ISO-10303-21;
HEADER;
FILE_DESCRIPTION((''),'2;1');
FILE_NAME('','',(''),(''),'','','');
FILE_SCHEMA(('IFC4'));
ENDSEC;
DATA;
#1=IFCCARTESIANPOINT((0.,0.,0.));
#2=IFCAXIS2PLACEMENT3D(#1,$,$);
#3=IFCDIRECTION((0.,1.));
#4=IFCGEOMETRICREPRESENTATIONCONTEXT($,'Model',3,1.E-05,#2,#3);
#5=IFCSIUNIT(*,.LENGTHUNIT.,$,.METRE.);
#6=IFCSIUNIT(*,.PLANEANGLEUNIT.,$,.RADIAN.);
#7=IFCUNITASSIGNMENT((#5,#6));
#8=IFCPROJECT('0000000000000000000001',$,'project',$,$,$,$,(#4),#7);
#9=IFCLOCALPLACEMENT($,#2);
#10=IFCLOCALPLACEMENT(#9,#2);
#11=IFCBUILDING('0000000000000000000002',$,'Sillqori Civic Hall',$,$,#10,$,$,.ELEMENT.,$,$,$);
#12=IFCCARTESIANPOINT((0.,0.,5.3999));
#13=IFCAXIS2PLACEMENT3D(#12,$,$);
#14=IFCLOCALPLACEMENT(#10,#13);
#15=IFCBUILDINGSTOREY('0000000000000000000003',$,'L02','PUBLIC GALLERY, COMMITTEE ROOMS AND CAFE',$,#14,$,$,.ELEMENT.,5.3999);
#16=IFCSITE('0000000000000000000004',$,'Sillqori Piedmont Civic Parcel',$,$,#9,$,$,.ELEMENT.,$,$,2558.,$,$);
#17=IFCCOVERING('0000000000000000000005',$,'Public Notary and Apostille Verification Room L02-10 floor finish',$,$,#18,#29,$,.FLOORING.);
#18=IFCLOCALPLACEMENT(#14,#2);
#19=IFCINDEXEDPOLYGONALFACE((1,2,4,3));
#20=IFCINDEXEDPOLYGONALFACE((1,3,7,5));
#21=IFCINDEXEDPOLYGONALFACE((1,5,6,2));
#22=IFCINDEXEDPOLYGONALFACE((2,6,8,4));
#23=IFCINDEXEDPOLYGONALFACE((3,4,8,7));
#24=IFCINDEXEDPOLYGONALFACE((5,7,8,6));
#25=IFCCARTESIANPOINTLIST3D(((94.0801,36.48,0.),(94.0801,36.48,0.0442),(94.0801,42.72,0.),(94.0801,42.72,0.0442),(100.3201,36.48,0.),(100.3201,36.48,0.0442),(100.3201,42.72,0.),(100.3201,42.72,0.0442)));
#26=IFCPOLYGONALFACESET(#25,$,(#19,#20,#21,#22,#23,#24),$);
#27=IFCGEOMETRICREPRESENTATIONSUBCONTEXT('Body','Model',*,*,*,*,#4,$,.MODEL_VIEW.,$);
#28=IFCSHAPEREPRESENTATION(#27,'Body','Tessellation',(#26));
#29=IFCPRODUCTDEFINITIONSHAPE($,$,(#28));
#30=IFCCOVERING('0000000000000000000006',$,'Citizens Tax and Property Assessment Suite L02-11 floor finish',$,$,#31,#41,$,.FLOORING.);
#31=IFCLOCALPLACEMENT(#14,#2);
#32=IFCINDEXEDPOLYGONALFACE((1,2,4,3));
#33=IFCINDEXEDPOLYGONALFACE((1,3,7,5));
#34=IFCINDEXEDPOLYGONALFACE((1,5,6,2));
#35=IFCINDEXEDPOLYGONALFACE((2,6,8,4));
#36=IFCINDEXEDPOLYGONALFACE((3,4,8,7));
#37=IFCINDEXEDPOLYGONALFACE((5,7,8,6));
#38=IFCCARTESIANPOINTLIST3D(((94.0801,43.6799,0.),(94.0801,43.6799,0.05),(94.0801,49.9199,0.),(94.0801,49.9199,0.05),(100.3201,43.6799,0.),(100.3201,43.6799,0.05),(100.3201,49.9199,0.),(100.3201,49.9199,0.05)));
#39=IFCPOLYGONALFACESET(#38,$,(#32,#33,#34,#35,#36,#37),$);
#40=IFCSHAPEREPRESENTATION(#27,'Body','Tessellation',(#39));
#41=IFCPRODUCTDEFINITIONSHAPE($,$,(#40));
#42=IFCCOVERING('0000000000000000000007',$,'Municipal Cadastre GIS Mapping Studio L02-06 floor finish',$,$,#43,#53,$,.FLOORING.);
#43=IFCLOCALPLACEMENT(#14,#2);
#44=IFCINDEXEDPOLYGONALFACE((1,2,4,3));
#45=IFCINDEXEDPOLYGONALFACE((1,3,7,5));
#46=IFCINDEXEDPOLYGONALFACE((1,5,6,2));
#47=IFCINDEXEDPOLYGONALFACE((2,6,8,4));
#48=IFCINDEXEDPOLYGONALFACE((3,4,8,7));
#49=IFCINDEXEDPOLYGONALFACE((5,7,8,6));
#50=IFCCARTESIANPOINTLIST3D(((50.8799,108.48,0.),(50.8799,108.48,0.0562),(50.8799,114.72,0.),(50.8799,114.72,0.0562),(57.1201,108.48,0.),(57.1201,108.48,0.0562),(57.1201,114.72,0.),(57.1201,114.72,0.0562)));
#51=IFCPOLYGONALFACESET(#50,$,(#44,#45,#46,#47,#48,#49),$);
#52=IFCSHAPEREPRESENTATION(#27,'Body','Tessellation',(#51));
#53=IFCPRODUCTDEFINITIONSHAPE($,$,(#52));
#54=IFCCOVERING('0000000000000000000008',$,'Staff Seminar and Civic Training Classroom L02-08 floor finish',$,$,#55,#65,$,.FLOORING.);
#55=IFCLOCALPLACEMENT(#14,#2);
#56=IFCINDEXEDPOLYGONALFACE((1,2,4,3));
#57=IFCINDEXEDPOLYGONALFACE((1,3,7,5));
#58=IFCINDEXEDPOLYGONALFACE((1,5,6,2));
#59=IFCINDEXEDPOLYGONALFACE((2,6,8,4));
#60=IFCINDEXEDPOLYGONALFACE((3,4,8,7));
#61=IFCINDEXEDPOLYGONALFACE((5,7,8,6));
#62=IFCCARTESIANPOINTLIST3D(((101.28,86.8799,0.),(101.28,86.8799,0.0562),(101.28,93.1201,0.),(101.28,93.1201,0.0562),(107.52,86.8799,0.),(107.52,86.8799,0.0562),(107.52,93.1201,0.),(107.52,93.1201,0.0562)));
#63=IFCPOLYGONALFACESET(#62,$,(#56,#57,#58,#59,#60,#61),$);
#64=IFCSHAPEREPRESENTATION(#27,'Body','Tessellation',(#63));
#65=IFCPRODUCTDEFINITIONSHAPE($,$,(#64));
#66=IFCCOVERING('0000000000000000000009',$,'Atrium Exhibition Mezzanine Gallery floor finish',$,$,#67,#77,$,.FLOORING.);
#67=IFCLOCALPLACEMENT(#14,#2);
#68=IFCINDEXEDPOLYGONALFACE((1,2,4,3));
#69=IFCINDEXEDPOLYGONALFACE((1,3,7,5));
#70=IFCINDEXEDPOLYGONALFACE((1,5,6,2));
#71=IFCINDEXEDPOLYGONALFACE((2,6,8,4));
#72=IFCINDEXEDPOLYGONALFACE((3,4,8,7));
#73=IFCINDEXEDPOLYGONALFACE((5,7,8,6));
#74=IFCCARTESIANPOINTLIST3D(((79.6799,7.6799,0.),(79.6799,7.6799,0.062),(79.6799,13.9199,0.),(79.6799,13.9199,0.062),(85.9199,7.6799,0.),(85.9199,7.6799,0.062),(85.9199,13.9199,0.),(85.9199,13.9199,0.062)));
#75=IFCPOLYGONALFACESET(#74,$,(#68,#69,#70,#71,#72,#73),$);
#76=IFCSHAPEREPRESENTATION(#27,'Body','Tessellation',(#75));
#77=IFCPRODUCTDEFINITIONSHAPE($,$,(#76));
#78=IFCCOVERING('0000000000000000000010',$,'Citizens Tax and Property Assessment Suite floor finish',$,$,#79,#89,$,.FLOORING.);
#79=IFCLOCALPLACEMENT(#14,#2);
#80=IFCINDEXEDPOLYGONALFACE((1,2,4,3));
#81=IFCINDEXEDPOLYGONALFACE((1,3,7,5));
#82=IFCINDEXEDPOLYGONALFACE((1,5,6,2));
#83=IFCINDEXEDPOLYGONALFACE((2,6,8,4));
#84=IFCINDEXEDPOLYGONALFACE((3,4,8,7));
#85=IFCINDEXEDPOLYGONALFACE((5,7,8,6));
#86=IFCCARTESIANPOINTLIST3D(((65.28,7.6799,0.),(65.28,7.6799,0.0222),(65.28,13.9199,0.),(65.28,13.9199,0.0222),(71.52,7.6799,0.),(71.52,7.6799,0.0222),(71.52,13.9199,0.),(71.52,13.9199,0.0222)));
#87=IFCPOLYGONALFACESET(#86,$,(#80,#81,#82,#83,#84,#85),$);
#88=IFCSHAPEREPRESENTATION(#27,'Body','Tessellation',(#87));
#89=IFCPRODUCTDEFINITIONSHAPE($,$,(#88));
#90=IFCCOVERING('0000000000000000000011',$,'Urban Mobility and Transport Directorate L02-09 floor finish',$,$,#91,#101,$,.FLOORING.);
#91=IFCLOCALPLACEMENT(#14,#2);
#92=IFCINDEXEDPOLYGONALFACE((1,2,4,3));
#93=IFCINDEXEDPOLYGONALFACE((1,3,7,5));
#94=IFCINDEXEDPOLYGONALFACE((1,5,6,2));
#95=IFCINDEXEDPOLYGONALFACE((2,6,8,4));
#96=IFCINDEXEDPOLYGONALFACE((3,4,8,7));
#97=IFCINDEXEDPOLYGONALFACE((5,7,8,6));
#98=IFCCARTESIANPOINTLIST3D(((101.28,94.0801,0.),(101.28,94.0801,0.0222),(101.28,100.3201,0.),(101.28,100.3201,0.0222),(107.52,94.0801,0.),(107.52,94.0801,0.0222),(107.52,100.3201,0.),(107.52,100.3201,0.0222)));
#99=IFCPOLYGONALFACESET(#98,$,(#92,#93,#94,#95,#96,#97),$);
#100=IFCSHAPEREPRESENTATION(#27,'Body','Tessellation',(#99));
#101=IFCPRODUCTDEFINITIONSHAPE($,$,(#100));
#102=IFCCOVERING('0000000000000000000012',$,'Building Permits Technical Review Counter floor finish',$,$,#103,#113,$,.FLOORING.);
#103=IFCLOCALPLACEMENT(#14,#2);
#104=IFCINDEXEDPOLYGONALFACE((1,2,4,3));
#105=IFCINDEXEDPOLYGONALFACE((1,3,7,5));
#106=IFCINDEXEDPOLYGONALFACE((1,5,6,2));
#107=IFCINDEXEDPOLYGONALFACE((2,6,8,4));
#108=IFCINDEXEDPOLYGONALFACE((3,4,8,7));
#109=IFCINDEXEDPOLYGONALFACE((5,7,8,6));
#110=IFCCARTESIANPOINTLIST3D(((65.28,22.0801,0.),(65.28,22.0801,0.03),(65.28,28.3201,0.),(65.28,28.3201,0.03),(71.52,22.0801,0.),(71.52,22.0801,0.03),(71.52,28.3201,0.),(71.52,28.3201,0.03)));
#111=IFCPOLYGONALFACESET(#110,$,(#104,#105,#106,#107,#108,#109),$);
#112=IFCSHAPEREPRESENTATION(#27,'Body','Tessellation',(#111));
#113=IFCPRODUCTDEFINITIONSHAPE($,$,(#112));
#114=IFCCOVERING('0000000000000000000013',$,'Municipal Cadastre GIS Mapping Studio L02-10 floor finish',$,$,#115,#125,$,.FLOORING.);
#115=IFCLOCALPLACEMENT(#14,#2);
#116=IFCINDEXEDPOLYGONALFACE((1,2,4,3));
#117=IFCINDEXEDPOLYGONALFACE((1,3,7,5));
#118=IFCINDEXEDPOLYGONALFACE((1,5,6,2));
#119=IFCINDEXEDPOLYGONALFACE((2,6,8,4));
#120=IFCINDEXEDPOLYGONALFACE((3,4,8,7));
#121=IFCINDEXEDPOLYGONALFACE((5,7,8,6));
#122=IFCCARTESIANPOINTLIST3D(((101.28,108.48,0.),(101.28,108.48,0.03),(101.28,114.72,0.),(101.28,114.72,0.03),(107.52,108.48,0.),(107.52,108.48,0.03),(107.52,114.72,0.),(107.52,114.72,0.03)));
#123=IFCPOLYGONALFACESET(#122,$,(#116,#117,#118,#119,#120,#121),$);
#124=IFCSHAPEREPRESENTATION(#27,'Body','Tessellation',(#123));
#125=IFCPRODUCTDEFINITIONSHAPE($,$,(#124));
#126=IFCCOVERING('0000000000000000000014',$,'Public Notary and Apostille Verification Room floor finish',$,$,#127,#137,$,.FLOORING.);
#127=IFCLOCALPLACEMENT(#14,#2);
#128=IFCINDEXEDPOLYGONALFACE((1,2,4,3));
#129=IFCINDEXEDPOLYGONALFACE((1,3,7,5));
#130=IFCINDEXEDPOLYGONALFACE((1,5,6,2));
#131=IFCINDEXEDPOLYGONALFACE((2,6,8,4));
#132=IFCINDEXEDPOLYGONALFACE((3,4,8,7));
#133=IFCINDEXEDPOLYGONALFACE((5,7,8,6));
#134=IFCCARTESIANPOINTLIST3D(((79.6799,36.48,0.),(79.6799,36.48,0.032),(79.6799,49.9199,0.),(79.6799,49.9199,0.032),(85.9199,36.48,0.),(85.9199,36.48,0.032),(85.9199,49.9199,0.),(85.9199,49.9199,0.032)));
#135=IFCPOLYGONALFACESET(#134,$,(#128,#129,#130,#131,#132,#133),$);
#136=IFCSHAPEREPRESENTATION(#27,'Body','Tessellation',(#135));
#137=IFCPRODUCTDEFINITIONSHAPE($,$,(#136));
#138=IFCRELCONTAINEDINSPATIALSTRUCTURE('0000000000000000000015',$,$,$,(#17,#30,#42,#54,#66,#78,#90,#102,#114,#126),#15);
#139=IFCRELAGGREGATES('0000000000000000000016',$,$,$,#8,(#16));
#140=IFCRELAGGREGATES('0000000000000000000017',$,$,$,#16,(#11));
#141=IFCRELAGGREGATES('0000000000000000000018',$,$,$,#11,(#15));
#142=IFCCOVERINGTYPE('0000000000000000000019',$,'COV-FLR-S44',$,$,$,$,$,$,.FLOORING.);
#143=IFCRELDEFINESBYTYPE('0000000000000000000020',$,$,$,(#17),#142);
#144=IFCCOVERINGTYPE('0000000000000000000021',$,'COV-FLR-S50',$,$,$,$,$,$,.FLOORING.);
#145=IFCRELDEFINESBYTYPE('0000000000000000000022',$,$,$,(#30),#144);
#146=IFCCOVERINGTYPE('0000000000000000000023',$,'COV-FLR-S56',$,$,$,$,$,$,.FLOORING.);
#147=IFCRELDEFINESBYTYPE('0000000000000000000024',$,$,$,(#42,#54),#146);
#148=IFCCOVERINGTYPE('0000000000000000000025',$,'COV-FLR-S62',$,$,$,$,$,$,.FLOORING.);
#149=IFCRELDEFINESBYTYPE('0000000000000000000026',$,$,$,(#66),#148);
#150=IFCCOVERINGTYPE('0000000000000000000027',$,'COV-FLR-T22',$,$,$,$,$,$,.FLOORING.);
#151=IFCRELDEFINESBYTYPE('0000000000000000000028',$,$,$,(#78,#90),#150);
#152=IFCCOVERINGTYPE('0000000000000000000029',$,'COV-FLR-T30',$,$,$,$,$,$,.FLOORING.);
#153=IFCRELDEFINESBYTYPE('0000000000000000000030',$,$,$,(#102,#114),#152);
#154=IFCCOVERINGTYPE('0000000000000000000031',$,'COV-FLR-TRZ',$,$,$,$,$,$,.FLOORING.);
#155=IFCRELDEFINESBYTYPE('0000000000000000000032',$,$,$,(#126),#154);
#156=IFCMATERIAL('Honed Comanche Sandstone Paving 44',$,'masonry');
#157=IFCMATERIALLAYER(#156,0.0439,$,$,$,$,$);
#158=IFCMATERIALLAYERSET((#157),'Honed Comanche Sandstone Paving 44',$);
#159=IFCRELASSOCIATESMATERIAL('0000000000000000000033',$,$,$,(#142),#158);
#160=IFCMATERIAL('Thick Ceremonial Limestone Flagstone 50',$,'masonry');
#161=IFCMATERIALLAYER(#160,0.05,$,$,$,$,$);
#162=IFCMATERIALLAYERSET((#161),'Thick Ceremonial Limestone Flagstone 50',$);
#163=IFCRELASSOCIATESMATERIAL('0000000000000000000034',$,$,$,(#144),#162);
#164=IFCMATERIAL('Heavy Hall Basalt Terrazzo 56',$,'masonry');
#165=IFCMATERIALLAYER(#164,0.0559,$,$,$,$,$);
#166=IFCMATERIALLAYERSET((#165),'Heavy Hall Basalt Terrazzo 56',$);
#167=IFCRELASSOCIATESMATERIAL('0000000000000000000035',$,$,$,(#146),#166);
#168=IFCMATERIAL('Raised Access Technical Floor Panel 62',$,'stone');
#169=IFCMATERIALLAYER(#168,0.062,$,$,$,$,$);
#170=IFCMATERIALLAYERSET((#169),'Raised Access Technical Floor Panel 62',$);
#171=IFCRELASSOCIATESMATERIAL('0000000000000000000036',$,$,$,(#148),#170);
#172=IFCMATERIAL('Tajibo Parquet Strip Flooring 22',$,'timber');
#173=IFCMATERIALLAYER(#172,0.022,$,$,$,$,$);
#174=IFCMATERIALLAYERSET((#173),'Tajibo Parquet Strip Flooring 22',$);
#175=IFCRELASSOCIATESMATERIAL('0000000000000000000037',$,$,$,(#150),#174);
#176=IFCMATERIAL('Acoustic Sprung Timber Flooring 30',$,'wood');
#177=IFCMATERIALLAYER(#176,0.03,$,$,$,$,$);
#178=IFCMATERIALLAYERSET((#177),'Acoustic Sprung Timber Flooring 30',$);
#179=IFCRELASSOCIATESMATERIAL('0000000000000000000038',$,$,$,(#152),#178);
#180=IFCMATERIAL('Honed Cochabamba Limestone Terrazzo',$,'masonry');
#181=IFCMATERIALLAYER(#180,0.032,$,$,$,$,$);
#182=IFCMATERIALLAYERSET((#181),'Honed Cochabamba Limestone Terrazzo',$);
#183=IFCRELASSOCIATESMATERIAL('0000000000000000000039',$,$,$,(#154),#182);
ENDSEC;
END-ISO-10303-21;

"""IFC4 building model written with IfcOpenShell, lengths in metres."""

from ifc_helpers import new_model, si_unit, direction, frame, origin, place, context, subcontext, project, spatial, polyline, outline, extrude, material, layer, layer_set, type_object, element, save


model = new_model("IFC4")

# Units and contexts
model_context = context("Model", 3, precision=1e-05, world=origin(), true_north=direction((0.0, 1.0)))
body_context = subcontext(model_context, "Body", "Model", "MODEL_VIEW")
ifc_project = project(units=[si_unit("LENGTHUNIT", "METRE"), si_unit("PLANEANGLEUNIT", "RADIAN")], contexts=[model_context])

# Site, building, storey
site_placement = place(None, origin())
site = spatial("IfcSite", under=ifc_project, at=site_placement, Name="Sillqori Piedmont Civic Parcel", CompositionType="ELEMENT", RefElevation=2558.0)
building_placement = place(site_placement, origin())
building = spatial("IfcBuilding", under=site, at=building_placement, Name="Sillqori Civic Hall", CompositionType="ELEMENT")
storey_placement = place(building_placement, frame((0.0, 0.0, 5.3999)))
storey = spatial("IfcBuildingStorey", under=building, at=storey_placement, Name="L02", Description="PUBLIC GALLERY, COMMITTEE ROOMS AND CAFE", CompositionType="ELEMENT", Elevation=5.3999)

# Coverings
ifc_material_1 = material(Name="Honed Comanche Sandstone Paving 44", Category="masonry")
ifc_layer_1 = layer(ifc_material_1, 0.0439)
ifc_layer_set_1 = layer_set([ifc_layer_1], Name="Honed Comanche Sandstone Paving 44")
covering_type_1 = type_object("IfcCoveringType", Name="COV-FLR-S44", PredefinedType="FLOORING", material=ifc_layer_set_1)
covering_1_placement = place(storey_placement, origin())
element("IfcCovering", 1, at=covering_1_placement, inside=storey, type_object=covering_type_1, Name="Public Notary and Apostille Verification Room L02-10 floor finish", PredefinedType="FLOORING", context=body_context, shape_type="SweptSolid", body=[
    extrude(outline(polyline([(94.0801, 36.48), (100.3201, 36.48), (100.3201, 42.72), (94.0801, 42.72), (94.0801, 36.48)])), origin(), (0.0, 0.0, 1.0), 0.0442),
])
ifc_material_2 = material(Name="Thick Ceremonial Limestone Flagstone 50", Category="masonry")
ifc_layer_2 = layer(ifc_material_2, 0.05)
ifc_layer_set_2 = layer_set([ifc_layer_2], Name="Thick Ceremonial Limestone Flagstone 50")
covering_type_2 = type_object("IfcCoveringType", Name="COV-FLR-S50", PredefinedType="FLOORING", material=ifc_layer_set_2)
covering_2_placement = place(storey_placement, origin())
element("IfcCovering", 2, at=covering_2_placement, inside=storey, type_object=covering_type_2, Name="Citizens Tax and Property Assessment Suite L02-11 floor finish", PredefinedType="FLOORING", context=body_context, shape_type="SweptSolid", body=[
    extrude(outline(polyline([(94.0801, 43.6799), (100.3201, 43.6799), (100.3201, 49.9199), (94.0801, 49.9199), (94.0801, 43.6799)])), origin(), (0.0, 0.0, 1.0), 0.05),
])
ifc_material_3 = material(Name="Heavy Hall Basalt Terrazzo 56", Category="masonry")
ifc_layer_3 = layer(ifc_material_3, 0.0559)
ifc_layer_set_3 = layer_set([ifc_layer_3], Name="Heavy Hall Basalt Terrazzo 56")
covering_type_3 = type_object("IfcCoveringType", Name="COV-FLR-S56", PredefinedType="FLOORING", material=ifc_layer_set_3)
covering_3_placement = place(storey_placement, origin())
element("IfcCovering", 3, at=covering_3_placement, inside=storey, type_object=covering_type_3, Name="Municipal Cadastre GIS Mapping Studio L02-06 floor finish", PredefinedType="FLOORING", context=body_context, shape_type="SweptSolid", body=[
    extrude(outline(polyline([(50.8799, 108.48), (57.1201, 108.48), (57.1201, 114.72), (50.8799, 114.72), (50.8799, 108.48)])), origin(), (0.0, 0.0, 1.0), 0.0562),
])
covering_4_placement = place(storey_placement, origin())
element("IfcCovering", 4, at=covering_4_placement, inside=storey, type_object=covering_type_3, Name="Staff Seminar and Civic Training Classroom L02-08 floor finish", PredefinedType="FLOORING", context=body_context, shape_type="SweptSolid", body=[
    extrude(outline(polyline([(101.28, 86.8799), (107.52, 86.8799), (107.52, 93.1201), (101.28, 93.1201), (101.28, 86.8799)])), origin(), (0.0, 0.0, 1.0), 0.0562),
])
ifc_material_4 = material(Name="Raised Access Technical Floor Panel 62", Category="stone")
ifc_layer_4 = layer(ifc_material_4, 0.062)
ifc_layer_set_4 = layer_set([ifc_layer_4], Name="Raised Access Technical Floor Panel 62")
covering_type_4 = type_object("IfcCoveringType", Name="COV-FLR-S62", PredefinedType="FLOORING", material=ifc_layer_set_4)
covering_5_placement = place(storey_placement, origin())
element("IfcCovering", 5, at=covering_5_placement, inside=storey, type_object=covering_type_4, Name="Atrium Exhibition Mezzanine Gallery floor finish", PredefinedType="FLOORING", context=body_context, shape_type="SweptSolid", body=[
    extrude(outline(polyline([(79.6799, 7.6799), (85.9199, 7.6799), (85.9199, 13.9199), (79.6799, 13.9199), (79.6799, 7.6799)])), origin(), (0.0, 0.0, 1.0), 0.062),
])
ifc_material_5 = material(Name="Tajibo Parquet Strip Flooring 22", Category="timber")
ifc_layer_5 = layer(ifc_material_5, 0.022)
ifc_layer_set_5 = layer_set([ifc_layer_5], Name="Tajibo Parquet Strip Flooring 22")
covering_type_5 = type_object("IfcCoveringType", Name="COV-FLR-T22", PredefinedType="FLOORING", material=ifc_layer_set_5)
covering_6_placement = place(storey_placement, origin())
element("IfcCovering", 6, at=covering_6_placement, inside=storey, type_object=covering_type_5, Name="Citizens Tax and Property Assessment Suite floor finish", PredefinedType="FLOORING", context=body_context, shape_type="SweptSolid", body=[
    extrude(outline(polyline([(65.28, 7.6799), (71.52, 7.6799), (71.52, 13.9199), (65.28, 13.9199), (65.28, 7.6799)])), origin(), (0.0, 0.0, 1.0), 0.0222),
])
covering_7_placement = place(storey_placement, origin())
element("IfcCovering", 7, at=covering_7_placement, inside=storey, type_object=covering_type_5, Name="Urban Mobility and Transport Directorate L02-09 floor finish", PredefinedType="FLOORING", context=body_context, shape_type="SweptSolid", body=[
    extrude(outline(polyline([(101.28, 94.0801), (107.52, 94.0801), (107.52, 100.3201), (101.28, 100.3201), (101.28, 94.0801)])), origin(), (0.0, 0.0, 1.0), 0.0222),
])
ifc_material_6 = material(Name="Acoustic Sprung Timber Flooring 30", Category="wood")
ifc_layer_6 = layer(ifc_material_6, 0.03)
ifc_layer_set_6 = layer_set([ifc_layer_6], Name="Acoustic Sprung Timber Flooring 30")
covering_type_6 = type_object("IfcCoveringType", Name="COV-FLR-T30", PredefinedType="FLOORING", material=ifc_layer_set_6)
covering_8_placement = place(storey_placement, origin())
element("IfcCovering", 8, at=covering_8_placement, inside=storey, type_object=covering_type_6, Name="Building Permits Technical Review Counter floor finish", PredefinedType="FLOORING", context=body_context, shape_type="SweptSolid", body=[
    extrude(outline(polyline([(65.28, 22.0801), (71.52, 22.0801), (71.52, 28.3201), (65.28, 28.3201), (65.28, 22.0801)])), origin(), (0.0, 0.0, 1.0), 0.03),
])
covering_9_placement = place(storey_placement, origin())
element("IfcCovering", 9, at=covering_9_placement, inside=storey, type_object=covering_type_6, Name="Municipal Cadastre GIS Mapping Studio L02-10 floor finish", PredefinedType="FLOORING", context=body_context, shape_type="SweptSolid", body=[
    extrude(outline(polyline([(101.28, 108.48), (107.52, 108.48), (107.52, 114.72), (101.28, 114.72), (101.28, 108.48)])), origin(), (0.0, 0.0, 1.0), 0.03),
])
ifc_material_7 = material(Name="Honed Cochabamba Limestone Terrazzo", Category="masonry")
ifc_layer_7 = layer(ifc_material_7, 0.032)
ifc_layer_set_7 = layer_set([ifc_layer_7], Name="Honed Cochabamba Limestone Terrazzo")
covering_type_7 = type_object("IfcCoveringType", Name="COV-FLR-TRZ", PredefinedType="FLOORING", material=ifc_layer_set_7)
covering_10_placement = place(storey_placement, origin())
element("IfcCovering", 10, at=covering_10_placement, inside=storey, type_object=covering_type_7, Name="Public Notary and Apostille Verification Room floor finish", PredefinedType="FLOORING", context=body_context, shape_type="SweptSolid", body=[
    extrude(outline(polyline([(79.6799, 36.48), (85.9199, 36.48), (85.9199, 49.9199), (79.6799, 49.9199), (79.6799, 36.48)])), origin(), (0.0, 0.0, 1.0), 0.032),
])

save(model, "model.ifc")
